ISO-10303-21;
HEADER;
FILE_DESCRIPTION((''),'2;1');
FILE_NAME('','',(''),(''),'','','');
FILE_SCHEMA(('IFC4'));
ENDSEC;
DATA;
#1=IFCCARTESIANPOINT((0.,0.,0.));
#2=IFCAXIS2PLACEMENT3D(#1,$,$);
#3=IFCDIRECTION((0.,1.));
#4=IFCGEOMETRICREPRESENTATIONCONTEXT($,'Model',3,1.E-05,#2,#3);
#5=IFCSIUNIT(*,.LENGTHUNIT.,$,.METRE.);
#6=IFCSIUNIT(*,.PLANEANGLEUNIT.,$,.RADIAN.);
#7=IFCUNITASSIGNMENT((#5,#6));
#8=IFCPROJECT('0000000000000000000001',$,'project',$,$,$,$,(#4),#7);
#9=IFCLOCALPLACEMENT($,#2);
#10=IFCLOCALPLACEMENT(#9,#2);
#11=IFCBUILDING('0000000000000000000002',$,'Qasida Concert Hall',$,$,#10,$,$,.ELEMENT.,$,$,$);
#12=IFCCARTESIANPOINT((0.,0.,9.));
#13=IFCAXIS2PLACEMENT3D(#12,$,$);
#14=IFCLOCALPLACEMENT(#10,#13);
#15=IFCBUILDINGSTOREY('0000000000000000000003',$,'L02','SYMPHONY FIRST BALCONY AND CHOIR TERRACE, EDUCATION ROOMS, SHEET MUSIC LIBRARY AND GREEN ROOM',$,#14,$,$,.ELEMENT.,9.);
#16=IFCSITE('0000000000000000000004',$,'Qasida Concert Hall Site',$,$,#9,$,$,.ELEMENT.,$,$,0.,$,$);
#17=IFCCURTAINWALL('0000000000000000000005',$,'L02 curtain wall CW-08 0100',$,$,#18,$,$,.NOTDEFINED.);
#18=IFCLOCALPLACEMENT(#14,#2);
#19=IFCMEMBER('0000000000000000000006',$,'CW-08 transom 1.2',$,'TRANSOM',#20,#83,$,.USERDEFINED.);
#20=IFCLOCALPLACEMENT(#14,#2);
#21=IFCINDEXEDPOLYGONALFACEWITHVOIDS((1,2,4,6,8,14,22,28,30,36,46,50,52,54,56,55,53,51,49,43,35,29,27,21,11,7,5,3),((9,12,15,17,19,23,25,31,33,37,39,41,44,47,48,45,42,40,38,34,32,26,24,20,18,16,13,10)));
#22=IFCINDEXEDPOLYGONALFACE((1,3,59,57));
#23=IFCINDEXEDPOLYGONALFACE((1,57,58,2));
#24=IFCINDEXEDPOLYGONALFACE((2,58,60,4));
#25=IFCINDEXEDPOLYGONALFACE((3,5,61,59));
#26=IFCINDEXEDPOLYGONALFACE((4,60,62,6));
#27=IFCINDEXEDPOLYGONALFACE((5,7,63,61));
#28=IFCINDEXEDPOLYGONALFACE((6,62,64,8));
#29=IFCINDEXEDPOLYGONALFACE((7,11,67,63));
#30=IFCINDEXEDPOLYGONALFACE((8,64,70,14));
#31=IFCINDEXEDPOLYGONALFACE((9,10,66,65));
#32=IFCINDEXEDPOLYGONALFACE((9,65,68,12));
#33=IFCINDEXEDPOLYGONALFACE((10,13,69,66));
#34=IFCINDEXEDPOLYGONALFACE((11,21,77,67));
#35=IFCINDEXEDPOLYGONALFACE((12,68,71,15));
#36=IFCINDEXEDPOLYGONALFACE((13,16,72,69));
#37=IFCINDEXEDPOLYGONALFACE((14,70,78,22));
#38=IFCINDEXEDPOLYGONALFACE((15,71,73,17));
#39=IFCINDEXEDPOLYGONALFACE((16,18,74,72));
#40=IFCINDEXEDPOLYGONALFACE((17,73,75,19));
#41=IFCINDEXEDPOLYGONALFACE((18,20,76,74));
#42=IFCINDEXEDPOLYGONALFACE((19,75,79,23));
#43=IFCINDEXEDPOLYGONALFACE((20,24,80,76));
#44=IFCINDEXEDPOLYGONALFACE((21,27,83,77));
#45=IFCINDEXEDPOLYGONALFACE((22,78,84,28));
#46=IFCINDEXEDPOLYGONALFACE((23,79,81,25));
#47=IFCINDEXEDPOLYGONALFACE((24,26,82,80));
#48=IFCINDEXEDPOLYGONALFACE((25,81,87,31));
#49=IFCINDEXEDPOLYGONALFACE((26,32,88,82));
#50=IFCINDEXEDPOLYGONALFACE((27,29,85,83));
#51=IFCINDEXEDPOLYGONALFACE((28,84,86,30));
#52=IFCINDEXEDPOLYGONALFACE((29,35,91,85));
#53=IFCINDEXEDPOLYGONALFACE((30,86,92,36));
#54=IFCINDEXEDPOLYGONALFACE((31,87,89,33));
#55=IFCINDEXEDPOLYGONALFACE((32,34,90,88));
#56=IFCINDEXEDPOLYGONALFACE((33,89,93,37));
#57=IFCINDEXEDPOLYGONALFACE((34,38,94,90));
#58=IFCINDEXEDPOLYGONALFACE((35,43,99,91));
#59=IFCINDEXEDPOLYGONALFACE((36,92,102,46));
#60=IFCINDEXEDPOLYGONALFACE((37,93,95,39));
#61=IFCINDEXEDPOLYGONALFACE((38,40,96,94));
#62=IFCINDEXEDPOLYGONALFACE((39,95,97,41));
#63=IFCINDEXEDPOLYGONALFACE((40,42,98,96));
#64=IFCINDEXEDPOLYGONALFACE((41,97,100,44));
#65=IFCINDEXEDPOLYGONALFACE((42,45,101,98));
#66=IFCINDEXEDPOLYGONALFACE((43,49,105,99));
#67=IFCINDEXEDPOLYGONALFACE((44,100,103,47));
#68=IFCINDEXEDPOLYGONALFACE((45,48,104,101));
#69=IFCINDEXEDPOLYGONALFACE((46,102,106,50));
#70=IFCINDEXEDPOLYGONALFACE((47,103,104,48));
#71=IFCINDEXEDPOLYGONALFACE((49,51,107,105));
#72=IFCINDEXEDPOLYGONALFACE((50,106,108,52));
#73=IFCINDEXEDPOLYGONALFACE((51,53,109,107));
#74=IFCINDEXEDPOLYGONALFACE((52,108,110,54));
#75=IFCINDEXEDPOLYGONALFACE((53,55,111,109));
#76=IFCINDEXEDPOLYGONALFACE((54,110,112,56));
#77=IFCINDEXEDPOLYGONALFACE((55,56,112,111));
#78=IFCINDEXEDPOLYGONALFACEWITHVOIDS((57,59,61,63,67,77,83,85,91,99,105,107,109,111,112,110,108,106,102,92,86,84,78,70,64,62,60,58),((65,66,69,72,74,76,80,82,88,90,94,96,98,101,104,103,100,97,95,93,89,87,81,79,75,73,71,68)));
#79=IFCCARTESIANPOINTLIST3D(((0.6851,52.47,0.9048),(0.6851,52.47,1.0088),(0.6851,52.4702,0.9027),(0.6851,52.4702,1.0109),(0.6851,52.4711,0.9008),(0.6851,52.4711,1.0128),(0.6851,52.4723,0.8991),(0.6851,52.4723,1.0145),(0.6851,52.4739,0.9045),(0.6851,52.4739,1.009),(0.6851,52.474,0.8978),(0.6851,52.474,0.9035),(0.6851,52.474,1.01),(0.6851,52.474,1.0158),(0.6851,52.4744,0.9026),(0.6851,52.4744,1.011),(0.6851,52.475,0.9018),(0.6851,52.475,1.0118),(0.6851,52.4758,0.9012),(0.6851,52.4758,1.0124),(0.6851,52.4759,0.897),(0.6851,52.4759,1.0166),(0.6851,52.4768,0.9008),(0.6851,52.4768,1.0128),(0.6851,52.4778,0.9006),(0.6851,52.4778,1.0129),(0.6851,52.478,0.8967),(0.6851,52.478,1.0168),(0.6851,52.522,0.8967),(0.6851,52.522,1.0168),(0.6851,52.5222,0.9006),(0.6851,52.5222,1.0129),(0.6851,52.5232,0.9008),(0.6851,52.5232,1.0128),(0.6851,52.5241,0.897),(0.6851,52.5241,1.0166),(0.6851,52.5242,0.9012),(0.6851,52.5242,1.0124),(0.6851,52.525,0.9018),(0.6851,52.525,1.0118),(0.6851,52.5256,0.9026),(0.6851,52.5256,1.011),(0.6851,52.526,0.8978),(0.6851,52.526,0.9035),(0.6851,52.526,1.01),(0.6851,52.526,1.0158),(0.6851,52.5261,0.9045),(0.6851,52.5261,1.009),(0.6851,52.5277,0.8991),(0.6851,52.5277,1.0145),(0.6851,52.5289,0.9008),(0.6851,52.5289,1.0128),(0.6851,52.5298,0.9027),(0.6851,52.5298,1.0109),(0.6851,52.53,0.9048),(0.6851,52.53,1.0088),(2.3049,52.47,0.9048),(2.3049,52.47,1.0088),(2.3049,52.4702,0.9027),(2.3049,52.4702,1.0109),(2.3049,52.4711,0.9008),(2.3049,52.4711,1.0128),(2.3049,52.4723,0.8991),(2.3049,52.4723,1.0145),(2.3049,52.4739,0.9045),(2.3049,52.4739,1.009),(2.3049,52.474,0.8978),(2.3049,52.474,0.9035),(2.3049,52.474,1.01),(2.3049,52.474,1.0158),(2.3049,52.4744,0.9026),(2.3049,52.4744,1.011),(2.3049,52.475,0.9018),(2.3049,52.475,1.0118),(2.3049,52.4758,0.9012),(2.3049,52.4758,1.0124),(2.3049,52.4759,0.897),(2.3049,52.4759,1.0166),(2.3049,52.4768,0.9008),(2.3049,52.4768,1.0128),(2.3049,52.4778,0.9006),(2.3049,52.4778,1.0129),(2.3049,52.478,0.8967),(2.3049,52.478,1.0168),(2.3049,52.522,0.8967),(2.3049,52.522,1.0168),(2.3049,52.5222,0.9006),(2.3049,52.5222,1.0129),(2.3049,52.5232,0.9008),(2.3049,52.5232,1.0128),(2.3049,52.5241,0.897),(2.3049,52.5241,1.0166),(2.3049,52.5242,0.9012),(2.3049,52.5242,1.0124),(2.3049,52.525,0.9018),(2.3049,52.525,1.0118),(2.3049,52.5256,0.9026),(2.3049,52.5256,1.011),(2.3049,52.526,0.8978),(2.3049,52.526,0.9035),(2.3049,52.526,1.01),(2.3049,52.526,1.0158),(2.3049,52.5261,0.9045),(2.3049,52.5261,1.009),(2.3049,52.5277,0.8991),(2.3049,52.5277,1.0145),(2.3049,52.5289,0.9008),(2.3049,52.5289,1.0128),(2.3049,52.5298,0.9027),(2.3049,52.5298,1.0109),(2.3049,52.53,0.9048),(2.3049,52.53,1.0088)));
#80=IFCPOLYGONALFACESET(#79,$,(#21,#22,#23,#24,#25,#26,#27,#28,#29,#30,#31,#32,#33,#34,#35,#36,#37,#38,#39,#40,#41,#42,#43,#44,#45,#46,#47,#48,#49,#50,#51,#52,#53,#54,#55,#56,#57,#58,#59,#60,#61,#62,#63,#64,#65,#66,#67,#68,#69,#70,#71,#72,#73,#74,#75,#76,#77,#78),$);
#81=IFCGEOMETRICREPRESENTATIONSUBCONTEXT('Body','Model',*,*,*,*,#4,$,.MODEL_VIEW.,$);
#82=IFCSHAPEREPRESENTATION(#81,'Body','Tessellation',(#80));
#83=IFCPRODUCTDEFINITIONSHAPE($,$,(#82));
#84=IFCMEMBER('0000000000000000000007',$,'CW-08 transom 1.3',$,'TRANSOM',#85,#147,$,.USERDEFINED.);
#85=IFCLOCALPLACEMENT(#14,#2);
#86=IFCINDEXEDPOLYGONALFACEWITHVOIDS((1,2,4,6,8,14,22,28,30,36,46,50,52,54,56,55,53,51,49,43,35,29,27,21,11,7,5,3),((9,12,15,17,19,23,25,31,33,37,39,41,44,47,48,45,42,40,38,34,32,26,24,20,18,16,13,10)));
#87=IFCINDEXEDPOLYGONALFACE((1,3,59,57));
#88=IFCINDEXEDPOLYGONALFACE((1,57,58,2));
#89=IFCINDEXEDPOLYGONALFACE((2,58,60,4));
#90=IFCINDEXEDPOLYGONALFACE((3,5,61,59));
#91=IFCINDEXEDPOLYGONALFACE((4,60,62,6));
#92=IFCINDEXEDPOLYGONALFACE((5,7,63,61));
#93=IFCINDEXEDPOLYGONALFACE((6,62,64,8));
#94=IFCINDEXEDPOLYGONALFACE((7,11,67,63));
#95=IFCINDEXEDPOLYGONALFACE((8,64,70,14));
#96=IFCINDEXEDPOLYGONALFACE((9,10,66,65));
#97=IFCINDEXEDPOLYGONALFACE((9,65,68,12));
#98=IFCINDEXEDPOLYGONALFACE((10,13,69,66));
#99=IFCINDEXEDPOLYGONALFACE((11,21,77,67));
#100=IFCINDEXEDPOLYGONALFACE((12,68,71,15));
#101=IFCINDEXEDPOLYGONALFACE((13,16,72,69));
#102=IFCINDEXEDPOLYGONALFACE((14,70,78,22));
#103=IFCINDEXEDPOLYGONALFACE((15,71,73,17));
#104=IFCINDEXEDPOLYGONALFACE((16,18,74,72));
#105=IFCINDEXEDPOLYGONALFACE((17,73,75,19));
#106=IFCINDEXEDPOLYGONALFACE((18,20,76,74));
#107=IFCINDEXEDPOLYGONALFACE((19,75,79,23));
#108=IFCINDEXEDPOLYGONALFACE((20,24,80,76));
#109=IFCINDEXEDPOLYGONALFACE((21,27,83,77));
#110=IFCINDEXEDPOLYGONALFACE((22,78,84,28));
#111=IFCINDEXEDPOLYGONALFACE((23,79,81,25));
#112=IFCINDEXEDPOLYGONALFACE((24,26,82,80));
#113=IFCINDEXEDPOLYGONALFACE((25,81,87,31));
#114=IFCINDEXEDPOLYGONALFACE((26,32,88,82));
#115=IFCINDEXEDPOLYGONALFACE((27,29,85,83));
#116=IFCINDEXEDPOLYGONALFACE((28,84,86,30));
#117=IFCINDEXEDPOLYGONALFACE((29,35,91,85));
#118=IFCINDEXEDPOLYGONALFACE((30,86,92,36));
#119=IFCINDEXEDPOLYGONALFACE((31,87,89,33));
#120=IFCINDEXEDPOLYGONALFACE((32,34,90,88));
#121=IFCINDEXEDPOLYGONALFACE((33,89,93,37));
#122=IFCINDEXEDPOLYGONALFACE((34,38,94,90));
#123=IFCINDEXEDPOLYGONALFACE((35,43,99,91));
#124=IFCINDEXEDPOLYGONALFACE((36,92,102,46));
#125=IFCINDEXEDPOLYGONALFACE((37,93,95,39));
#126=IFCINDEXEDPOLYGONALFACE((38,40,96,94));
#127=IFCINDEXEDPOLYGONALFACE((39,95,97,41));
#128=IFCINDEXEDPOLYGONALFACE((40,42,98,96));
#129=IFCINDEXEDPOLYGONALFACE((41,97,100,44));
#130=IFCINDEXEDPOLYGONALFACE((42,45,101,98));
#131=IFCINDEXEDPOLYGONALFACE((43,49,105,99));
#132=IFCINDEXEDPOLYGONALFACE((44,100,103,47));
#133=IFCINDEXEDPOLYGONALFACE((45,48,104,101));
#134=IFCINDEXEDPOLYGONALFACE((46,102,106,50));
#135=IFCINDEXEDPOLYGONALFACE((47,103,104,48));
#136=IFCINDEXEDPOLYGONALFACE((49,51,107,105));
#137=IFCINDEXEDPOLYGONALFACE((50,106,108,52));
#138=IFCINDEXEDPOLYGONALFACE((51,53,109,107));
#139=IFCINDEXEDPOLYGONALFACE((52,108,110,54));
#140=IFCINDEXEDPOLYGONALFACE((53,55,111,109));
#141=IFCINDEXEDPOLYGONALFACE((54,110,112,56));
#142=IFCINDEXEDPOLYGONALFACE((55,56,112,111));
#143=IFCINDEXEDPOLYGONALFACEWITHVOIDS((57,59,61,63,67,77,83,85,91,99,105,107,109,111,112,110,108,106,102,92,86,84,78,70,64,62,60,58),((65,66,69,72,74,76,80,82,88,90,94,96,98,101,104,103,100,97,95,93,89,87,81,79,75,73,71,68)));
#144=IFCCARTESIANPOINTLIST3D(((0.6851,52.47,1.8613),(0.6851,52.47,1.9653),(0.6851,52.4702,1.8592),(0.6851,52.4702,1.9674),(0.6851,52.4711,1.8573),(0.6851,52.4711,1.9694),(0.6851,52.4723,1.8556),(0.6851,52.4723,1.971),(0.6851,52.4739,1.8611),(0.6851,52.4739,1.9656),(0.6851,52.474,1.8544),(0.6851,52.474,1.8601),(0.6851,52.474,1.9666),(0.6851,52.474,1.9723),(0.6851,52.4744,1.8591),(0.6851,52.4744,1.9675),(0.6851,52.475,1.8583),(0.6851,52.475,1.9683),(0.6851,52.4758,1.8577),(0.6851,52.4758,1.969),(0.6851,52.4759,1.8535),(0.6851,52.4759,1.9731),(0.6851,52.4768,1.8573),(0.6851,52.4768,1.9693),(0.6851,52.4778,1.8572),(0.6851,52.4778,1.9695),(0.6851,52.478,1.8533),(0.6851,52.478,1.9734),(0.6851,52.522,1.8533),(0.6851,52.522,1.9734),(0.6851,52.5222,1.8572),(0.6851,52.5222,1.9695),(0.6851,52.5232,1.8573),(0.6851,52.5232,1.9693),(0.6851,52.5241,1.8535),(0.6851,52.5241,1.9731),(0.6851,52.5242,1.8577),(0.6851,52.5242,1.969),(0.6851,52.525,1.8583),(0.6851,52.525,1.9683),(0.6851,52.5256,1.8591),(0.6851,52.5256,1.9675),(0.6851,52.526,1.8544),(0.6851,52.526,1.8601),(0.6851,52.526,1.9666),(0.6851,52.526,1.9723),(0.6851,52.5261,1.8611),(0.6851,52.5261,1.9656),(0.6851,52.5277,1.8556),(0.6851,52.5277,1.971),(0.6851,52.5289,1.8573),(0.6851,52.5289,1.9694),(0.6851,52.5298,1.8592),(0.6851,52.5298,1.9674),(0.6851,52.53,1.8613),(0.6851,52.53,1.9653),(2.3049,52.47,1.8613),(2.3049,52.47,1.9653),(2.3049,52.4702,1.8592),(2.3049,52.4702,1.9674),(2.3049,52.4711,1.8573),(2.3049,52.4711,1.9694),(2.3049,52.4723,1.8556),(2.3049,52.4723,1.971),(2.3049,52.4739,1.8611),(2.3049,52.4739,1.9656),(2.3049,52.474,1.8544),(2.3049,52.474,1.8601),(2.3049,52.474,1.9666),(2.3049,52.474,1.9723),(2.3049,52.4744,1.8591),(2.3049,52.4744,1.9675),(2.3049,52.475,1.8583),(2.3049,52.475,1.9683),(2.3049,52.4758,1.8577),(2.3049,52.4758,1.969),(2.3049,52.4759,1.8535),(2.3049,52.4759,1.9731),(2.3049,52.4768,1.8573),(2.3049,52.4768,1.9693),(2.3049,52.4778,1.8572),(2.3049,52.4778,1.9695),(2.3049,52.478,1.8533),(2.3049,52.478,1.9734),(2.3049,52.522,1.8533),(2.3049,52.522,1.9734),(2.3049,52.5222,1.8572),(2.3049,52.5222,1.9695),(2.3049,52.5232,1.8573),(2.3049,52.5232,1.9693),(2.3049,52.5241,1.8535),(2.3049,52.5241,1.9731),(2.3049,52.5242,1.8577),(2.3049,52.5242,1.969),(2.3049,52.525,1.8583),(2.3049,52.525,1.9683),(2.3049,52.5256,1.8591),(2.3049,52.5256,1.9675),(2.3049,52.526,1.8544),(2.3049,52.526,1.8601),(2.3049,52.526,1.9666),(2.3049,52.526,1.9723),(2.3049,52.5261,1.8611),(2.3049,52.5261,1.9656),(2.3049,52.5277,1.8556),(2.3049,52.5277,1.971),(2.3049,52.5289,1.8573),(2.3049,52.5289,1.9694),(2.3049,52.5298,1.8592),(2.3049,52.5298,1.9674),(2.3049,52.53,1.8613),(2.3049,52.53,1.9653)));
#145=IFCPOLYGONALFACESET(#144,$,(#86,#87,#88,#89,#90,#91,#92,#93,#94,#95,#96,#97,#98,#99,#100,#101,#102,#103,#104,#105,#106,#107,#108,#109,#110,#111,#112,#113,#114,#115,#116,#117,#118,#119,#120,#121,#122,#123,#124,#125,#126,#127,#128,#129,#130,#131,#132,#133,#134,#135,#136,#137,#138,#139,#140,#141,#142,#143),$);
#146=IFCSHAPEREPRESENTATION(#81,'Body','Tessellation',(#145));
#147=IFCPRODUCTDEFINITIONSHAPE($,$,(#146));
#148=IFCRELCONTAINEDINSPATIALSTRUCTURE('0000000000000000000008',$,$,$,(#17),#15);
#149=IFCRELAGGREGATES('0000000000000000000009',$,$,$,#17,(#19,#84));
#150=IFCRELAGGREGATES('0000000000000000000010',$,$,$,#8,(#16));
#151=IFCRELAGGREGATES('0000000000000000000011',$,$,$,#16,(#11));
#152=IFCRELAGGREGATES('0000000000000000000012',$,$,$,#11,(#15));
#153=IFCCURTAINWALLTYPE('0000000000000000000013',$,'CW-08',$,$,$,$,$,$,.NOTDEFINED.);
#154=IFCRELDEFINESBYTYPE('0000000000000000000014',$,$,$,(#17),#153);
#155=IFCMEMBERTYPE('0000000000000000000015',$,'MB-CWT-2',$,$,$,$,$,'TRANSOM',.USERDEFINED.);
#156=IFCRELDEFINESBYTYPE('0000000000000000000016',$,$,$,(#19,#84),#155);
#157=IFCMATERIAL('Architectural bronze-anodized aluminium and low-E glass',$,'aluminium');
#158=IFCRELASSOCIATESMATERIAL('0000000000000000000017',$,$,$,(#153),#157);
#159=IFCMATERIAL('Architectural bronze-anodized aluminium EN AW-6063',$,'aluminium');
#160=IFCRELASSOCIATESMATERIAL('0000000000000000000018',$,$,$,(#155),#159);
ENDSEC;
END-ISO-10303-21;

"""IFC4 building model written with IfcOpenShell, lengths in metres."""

from ifc_helpers import new_model, si_unit, direction, frame, origin, origin_2d, place, context, subcontext, project, spatial, hollow_rectangle, extrude, material, material_profile, profile_set, type_object, element, aggregate, save


model = new_model("IFC4")

# Units and contexts
model_context = context("Model", 3, precision=1e-05, world=origin(), true_north=direction((0.0, 1.0)))
body_context = subcontext(model_context, "Body", "Model", "MODEL_VIEW")
ifc_project = project(units=[si_unit("LENGTHUNIT", "METRE"), si_unit("PLANEANGLEUNIT", "RADIAN")], contexts=[model_context])

# Site, building, storey
site_placement = place(None, origin())
site = spatial("IfcSite", under=ifc_project, at=site_placement, Name="Qasida Concert Hall Site", CompositionType="ELEMENT", RefElevation=0.0)
building_placement = place(site_placement, origin())
building = spatial("IfcBuilding", under=site, at=building_placement, Name="Qasida Concert Hall", CompositionType="ELEMENT")
storey_placement = place(building_placement, frame((0.0, 0.0, 9.0)))
storey = spatial("IfcBuildingStorey", under=building, at=storey_placement, Name="L02", Description="SYMPHONY FIRST BALCONY AND CHOIR TERRACE, EDUCATION ROOMS, SHEET MUSIC LIBRARY AND GREEN ROOM", CompositionType="ELEMENT", Elevation=9.0)

# Curtain wall, members
ifc_material_1 = material(Name="Architectural bronze-anodized aluminium and low-E glass", Category="aluminium")
curtain_wall_type = type_object("IfcCurtainWallType", Name="CW-08", PredefinedType="NOTDEFINED", material=ifc_material_1)
curtain_wall_placement = place(storey_placement, origin())
curtain_wall = element("IfcCurtainWall", 1, at=curtain_wall_placement, inside=storey, type_object=curtain_wall_type, Name="L02 curtain wall CW-08 0100", PredefinedType="NOTDEFINED")
ifc_material_2 = material(Name="Architectural bronze-anodized aluminium EN AW-6063", Category="aluminium")
ifc_material_profile_1 = material_profile(ifc_material_2, hollow_rectangle(XDim=0.0601, YDim=0.1201, WallThickness=0.0039, InnerFilletRadius=0.0039, OuterFilletRadius=0.0081, at=origin_2d()), Name="CWT 120x60x4")
ifc_profile_set_1 = profile_set([ifc_material_profile_1], Name="Architectural bronze-anodized aluminium EN AW-6063")
member_type_1 = type_object("IfcMemberType", Name="MB-CWT-2", ElementType="TRANSOM", PredefinedType="USERDEFINED", material=ifc_profile_set_1)
member_1_placement = place(storey_placement, frame((0.6851, 52.5, 0.9568), z_axis=(1.0, 0.0, 0.0), x_axis=(0.0, 1.0, 0.0)))
member_1 = element("IfcMember", 2, at=member_1_placement, type_object=member_type_1, Name="CW-08 transom 1.2", ObjectType="TRANSOM", PredefinedType="USERDEFINED", context=body_context, shape_type="SweptSolid", body=[
    extrude(hollow_rectangle(XDim=0.0601, YDim=0.1201, WallThickness=0.0039, InnerFilletRadius=0.0039, OuterFilletRadius=0.0081, at=origin_2d()), origin(), (0.0, 0.0, 1.0), 1.6199),
])
member_2_placement = place(storey_placement, frame((0.6851, 52.5, 1.9133), z_axis=(1.0, 0.0, 0.0), x_axis=(0.0, 1.0, 0.0)))
member_2 = element("IfcMember", 3, at=member_2_placement, type_object=member_type_1, Name="CW-08 transom 1.3", ObjectType="TRANSOM", PredefinedType="USERDEFINED", context=body_context, shape_type="SweptSolid", body=[
    extrude(hollow_rectangle(XDim=0.0601, YDim=0.1201, WallThickness=0.0039, InnerFilletRadius=0.0039, OuterFilletRadius=0.0081, at=origin_2d()), origin(), (0.0, 0.0, 1.0), 1.6199),
])
aggregate(curtain_wall, [member_1, member_2])

save(model, "model.ifc")
